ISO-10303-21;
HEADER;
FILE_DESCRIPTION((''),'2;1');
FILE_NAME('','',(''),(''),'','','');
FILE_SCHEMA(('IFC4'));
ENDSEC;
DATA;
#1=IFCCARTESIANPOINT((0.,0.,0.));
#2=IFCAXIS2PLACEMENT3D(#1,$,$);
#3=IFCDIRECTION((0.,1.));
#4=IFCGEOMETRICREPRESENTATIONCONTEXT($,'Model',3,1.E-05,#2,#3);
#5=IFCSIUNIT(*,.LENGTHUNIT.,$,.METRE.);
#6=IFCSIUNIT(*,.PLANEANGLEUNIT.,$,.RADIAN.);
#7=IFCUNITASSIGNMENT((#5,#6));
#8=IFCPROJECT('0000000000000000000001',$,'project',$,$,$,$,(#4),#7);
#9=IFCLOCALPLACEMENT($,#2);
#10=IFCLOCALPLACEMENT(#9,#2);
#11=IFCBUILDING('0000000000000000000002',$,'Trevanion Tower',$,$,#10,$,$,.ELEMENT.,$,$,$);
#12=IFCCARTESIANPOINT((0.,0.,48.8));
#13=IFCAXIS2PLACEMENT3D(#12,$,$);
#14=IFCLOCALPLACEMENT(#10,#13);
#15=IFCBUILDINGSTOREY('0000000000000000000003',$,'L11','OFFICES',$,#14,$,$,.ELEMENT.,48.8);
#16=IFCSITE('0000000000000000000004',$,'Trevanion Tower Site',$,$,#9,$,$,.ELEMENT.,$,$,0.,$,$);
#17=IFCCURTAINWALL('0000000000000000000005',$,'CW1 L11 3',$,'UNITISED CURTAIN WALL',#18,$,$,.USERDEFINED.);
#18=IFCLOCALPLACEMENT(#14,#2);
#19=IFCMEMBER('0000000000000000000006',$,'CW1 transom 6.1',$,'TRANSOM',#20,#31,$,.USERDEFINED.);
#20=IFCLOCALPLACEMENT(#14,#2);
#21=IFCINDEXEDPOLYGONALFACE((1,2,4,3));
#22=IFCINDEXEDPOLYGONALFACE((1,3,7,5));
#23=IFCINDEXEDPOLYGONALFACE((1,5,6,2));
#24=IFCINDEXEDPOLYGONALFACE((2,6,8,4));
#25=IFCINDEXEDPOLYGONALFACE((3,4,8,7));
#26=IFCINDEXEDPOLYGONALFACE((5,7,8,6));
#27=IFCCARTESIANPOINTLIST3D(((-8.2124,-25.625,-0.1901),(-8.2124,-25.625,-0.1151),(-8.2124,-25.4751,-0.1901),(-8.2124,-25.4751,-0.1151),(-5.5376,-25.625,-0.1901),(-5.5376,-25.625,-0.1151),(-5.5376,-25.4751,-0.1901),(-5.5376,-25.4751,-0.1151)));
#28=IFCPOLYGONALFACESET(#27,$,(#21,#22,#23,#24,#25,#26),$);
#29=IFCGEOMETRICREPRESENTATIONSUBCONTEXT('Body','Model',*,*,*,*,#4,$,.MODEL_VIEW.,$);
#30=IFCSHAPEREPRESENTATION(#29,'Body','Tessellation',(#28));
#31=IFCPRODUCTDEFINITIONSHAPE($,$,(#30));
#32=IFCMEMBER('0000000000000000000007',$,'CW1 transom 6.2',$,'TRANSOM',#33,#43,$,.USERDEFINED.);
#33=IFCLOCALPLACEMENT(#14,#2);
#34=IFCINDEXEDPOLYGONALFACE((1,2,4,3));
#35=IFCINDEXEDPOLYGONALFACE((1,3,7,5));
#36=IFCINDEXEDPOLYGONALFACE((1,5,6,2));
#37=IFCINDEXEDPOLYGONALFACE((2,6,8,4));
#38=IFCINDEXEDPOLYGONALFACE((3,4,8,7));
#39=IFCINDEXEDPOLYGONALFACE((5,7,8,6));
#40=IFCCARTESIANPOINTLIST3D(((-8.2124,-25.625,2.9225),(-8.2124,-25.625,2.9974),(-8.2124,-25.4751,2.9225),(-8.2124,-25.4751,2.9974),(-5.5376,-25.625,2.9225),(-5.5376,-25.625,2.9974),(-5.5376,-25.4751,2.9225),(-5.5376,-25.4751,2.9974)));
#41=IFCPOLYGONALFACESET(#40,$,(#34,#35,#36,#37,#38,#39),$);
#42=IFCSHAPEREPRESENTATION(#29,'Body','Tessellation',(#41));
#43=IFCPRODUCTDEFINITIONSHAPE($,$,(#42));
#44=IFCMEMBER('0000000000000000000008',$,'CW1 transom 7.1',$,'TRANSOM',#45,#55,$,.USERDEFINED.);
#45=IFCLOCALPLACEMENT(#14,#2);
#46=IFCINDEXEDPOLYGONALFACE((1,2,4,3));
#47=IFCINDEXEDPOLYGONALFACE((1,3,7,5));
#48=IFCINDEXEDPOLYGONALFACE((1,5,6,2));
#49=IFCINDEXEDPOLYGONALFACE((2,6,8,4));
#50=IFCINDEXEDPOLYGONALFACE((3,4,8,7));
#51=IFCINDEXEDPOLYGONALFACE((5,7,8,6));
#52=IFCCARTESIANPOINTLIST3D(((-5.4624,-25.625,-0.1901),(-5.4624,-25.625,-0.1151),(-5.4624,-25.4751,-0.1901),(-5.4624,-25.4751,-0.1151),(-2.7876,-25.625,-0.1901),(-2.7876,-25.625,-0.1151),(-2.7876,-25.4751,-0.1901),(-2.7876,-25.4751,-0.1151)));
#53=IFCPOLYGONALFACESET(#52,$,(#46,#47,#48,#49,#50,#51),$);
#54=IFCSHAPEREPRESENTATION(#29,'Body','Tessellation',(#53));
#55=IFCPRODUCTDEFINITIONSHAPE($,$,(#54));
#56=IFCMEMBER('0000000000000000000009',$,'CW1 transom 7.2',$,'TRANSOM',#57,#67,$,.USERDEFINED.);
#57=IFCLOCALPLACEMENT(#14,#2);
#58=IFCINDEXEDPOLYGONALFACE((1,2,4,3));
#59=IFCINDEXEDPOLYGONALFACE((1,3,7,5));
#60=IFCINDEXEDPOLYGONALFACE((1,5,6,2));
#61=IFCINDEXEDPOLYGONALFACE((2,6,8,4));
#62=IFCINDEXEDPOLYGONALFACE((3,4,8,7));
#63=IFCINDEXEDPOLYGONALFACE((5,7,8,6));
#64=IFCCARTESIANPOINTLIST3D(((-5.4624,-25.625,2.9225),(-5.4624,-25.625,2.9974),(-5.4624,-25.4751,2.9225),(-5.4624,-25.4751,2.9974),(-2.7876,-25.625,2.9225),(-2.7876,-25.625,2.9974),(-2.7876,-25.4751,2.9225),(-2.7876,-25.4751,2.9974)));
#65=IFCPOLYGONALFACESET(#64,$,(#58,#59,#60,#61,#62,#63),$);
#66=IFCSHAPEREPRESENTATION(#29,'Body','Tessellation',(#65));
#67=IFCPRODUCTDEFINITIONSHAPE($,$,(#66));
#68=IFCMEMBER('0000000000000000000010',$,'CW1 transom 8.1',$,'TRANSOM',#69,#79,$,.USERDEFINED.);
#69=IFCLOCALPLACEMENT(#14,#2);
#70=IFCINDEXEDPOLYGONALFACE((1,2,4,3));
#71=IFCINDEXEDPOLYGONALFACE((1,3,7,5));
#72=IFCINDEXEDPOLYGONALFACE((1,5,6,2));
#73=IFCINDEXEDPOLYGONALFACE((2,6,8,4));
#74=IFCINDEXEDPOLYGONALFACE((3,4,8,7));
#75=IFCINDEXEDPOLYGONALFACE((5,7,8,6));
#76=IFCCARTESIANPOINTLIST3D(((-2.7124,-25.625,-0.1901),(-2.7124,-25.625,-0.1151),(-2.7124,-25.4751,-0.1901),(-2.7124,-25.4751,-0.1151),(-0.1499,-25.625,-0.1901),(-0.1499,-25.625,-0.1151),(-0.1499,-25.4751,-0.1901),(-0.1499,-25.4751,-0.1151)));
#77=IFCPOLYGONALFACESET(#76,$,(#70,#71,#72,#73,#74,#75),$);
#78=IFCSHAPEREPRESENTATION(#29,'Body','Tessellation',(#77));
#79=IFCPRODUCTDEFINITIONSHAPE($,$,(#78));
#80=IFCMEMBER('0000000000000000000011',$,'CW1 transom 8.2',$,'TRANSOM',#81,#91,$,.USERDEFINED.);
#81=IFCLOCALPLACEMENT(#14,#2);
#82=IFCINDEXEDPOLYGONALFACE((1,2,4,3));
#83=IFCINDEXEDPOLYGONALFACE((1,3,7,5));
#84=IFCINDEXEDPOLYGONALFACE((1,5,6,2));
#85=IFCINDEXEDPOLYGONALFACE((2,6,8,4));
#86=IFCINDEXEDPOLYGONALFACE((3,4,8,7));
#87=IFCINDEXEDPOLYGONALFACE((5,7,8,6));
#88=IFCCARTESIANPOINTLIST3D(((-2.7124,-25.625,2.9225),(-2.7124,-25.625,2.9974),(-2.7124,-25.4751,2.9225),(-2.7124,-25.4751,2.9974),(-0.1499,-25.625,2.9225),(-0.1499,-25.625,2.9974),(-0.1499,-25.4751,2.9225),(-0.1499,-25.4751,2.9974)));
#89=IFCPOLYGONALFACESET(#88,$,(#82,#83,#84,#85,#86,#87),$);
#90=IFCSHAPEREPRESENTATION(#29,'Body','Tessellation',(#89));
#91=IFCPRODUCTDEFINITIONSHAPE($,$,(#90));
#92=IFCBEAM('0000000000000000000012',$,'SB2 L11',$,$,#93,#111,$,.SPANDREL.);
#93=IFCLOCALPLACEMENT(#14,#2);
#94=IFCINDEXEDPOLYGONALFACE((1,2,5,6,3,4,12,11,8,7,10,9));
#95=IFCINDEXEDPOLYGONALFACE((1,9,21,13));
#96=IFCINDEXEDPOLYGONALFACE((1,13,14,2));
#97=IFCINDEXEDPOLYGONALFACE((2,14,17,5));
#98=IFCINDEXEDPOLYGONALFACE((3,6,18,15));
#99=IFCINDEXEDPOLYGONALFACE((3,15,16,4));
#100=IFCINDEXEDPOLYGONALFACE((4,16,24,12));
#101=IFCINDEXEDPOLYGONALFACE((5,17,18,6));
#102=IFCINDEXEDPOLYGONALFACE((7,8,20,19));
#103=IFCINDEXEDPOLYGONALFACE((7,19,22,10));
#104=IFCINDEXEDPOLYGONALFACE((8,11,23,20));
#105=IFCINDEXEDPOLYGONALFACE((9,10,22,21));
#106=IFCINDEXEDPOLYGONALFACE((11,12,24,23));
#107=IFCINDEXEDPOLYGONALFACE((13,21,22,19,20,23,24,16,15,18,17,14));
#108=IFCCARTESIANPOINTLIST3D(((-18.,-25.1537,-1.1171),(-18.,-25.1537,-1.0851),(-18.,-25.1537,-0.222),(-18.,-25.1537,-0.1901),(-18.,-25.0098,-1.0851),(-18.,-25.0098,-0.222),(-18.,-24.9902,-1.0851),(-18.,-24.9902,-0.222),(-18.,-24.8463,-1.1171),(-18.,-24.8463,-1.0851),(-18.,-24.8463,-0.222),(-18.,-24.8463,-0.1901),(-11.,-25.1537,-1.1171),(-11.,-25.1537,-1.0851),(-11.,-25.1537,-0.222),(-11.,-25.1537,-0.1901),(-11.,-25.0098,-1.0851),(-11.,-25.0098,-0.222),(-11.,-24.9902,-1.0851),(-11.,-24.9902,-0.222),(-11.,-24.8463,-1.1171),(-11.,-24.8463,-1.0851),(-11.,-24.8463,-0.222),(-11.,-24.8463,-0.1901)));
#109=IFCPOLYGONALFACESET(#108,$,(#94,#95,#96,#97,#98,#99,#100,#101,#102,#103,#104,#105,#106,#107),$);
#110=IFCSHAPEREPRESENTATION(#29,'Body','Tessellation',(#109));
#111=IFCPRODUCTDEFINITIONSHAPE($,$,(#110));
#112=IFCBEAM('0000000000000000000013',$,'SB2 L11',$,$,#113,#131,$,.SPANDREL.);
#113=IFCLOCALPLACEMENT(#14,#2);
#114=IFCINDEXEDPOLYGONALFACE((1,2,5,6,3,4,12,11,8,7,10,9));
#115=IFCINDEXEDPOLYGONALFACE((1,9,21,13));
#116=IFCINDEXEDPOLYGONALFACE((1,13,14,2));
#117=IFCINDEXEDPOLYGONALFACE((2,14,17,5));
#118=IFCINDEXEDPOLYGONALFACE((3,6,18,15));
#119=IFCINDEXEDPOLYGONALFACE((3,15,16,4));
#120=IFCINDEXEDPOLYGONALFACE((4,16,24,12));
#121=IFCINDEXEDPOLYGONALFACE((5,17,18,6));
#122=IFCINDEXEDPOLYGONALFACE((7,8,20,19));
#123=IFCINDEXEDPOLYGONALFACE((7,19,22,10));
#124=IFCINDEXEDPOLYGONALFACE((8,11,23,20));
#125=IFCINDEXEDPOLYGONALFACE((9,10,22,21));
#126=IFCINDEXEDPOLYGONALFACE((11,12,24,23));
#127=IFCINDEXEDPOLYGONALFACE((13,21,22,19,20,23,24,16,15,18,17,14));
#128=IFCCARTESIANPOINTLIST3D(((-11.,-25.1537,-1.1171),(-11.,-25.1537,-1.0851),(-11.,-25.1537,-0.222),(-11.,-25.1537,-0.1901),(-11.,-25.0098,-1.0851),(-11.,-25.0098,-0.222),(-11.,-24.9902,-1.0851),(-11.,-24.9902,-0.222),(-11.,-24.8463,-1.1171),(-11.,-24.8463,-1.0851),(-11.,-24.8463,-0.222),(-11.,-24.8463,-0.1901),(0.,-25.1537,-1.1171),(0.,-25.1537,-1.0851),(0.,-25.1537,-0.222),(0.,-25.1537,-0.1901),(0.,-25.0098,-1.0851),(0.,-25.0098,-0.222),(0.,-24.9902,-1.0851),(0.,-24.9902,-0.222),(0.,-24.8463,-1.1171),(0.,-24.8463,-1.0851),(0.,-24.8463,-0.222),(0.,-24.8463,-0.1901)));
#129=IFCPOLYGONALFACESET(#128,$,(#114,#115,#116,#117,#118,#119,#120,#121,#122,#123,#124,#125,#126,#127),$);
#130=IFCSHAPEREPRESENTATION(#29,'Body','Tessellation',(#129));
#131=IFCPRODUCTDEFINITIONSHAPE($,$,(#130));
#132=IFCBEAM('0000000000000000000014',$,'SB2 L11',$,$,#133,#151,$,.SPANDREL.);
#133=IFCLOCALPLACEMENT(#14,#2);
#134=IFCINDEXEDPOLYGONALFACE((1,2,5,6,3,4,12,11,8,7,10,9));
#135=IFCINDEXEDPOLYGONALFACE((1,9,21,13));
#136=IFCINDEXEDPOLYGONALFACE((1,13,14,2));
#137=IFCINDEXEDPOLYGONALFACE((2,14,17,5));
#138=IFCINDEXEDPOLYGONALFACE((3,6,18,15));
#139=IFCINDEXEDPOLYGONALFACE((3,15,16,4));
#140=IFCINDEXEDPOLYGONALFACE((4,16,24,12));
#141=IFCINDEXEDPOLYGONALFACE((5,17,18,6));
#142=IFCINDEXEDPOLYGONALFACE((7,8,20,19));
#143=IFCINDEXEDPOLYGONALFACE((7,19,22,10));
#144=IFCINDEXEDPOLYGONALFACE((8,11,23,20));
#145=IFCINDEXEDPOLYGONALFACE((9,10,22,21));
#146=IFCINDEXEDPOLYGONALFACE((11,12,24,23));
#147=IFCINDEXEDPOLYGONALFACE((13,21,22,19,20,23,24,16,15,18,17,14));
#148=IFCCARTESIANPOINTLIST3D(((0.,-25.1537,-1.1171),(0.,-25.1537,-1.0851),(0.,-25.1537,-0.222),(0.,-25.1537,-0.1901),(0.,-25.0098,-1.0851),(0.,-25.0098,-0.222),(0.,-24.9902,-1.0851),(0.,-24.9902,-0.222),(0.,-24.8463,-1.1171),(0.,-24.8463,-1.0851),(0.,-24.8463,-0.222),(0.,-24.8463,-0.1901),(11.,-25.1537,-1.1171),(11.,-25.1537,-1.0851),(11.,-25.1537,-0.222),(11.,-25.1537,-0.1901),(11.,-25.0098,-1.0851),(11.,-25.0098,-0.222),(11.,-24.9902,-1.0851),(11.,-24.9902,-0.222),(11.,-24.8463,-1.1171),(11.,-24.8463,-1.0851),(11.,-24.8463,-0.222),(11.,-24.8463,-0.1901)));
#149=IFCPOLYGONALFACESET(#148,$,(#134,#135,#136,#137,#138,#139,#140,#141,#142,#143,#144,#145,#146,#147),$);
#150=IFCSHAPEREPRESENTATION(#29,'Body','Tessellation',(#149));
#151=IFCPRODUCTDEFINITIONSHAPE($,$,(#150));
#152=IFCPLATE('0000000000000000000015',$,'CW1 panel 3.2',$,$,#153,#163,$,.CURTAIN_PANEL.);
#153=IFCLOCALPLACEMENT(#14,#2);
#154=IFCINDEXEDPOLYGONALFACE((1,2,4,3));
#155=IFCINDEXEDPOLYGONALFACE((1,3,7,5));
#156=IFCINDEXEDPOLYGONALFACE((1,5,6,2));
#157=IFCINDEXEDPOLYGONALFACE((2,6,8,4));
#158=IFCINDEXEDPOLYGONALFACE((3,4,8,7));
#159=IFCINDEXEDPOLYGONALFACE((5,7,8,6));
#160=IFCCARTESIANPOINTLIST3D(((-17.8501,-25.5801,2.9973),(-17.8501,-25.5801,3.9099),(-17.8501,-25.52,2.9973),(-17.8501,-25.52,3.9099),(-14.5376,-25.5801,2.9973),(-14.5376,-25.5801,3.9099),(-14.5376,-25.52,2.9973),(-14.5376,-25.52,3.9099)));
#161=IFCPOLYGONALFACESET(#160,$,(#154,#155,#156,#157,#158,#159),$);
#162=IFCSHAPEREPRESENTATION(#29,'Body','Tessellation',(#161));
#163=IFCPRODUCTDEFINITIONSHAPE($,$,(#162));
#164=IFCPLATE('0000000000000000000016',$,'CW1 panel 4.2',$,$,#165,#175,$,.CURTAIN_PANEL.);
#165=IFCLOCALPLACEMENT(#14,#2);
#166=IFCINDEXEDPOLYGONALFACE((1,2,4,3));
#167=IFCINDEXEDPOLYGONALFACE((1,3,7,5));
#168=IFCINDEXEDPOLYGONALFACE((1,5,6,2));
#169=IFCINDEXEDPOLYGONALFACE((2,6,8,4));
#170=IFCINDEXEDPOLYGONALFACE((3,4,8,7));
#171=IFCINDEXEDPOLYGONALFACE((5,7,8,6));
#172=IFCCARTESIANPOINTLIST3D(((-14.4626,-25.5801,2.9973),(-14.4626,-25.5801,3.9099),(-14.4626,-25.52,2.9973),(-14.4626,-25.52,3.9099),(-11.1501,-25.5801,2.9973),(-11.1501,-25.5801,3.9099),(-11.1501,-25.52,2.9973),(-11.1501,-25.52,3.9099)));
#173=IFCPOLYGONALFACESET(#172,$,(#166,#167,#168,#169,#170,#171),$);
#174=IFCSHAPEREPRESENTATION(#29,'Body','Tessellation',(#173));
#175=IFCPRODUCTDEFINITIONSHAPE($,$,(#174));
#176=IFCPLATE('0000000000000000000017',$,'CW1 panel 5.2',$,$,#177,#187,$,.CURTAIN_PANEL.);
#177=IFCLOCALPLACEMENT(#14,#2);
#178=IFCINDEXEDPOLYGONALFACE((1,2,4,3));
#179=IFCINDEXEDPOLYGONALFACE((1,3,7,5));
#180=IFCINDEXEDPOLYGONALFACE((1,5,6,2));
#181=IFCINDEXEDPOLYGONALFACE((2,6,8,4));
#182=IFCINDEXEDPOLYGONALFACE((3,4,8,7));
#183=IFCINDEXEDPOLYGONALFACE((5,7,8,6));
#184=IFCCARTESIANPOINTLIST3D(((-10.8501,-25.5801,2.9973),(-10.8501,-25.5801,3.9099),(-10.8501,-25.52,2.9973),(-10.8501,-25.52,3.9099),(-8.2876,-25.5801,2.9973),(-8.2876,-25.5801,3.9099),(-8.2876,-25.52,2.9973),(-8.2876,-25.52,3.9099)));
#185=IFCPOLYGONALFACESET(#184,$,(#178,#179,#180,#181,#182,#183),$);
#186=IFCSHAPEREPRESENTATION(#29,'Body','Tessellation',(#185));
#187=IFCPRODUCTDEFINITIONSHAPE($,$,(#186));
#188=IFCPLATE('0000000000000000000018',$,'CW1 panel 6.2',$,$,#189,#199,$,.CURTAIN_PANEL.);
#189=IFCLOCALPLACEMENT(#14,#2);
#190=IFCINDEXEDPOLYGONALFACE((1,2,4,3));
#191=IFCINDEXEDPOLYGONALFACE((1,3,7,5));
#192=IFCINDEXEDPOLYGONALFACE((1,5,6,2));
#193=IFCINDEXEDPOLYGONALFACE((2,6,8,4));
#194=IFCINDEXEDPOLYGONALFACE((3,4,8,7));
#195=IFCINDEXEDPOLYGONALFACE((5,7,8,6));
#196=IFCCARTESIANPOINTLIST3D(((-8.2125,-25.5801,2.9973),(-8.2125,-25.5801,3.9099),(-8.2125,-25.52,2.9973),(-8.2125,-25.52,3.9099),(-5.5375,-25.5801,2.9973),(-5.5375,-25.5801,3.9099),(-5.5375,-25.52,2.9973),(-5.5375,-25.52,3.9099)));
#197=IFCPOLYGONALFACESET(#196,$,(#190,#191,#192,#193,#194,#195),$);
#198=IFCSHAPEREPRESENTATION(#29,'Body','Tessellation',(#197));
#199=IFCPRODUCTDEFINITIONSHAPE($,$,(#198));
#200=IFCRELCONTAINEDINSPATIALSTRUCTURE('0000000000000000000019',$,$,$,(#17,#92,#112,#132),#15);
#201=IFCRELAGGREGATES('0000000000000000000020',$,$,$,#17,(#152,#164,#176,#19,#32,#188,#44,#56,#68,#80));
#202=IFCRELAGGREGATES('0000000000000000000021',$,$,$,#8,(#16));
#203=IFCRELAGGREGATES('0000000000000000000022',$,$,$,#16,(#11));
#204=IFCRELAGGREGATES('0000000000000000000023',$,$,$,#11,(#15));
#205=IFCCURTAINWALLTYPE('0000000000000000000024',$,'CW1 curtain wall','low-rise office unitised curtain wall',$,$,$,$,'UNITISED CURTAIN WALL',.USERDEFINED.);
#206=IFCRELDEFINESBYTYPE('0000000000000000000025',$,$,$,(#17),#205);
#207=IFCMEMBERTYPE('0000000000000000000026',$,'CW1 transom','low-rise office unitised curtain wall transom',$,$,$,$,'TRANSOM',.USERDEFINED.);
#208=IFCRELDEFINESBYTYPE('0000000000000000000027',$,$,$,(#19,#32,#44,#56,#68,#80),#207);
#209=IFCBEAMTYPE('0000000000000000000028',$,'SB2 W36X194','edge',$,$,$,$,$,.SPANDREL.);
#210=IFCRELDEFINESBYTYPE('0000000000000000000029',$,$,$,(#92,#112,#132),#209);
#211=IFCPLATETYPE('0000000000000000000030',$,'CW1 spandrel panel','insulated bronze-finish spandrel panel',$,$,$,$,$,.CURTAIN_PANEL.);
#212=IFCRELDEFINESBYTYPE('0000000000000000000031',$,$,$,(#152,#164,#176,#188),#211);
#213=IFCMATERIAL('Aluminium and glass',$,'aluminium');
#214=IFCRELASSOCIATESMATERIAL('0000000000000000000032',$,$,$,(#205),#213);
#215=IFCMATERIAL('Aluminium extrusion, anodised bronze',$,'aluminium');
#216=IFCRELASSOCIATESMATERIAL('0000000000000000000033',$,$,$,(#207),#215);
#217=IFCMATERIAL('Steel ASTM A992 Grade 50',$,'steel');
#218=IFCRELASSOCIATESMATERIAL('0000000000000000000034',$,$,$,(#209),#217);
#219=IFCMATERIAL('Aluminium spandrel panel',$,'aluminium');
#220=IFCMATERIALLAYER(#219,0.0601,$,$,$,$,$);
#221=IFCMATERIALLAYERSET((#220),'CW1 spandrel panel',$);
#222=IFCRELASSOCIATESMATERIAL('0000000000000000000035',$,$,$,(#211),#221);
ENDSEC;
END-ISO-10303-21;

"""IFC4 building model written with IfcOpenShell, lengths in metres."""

from ifc_helpers import new_model, si_unit, direction, frame, origin, origin_2d, place, context, subcontext, project, spatial, rectangle, i_section, extrude, material, layer, layer_set, material_profile, profile_set, type_object, element, aggregate, save


model = new_model("IFC4")

# Units and contexts
model_context = context("Model", 3, precision=1e-05, world=origin(), true_north=direction((0.0, 1.0)))
body_context = subcontext(model_context, "Body", "Model", "MODEL_VIEW")
ifc_project = project(units=[si_unit("LENGTHUNIT", "METRE"), si_unit("PLANEANGLEUNIT", "RADIAN")], contexts=[model_context])

# Site, building, storey
site_placement = place(None, origin())
site = spatial("IfcSite", under=ifc_project, at=site_placement, Name="Trevanion Tower Site", CompositionType="ELEMENT", RefElevation=0.0)
building_placement = place(site_placement, origin())
building = spatial("IfcBuilding", under=site, at=building_placement, Name="Trevanion Tower", CompositionType="ELEMENT")
storey_placement = place(building_placement, frame((0.0, 0.0, 48.8)))
storey = spatial("IfcBuildingStorey", under=building, at=storey_placement, Name="L11", Description="OFFICES", CompositionType="ELEMENT", Elevation=48.8)

# Curtain wall, members
ifc_material_1 = material(Name="Aluminium and glass", Category="aluminium")
curtain_wall_type = type_object("IfcCurtainWallType", Name="CW1 curtain wall", Description="low-rise office unitised curtain wall", ElementType="UNITISED CURTAIN WALL", PredefinedType="USERDEFINED", material=ifc_material_1)
curtain_wall_placement = place(storey_placement, origin())
curtain_wall = element("IfcCurtainWall", 1, at=curtain_wall_placement, inside=storey, type_object=curtain_wall_type, Name="CW1 L11 3", ObjectType="UNITISED CURTAIN WALL", PredefinedType="USERDEFINED")
ifc_material_2 = material(Name="Aluminium extrusion, anodised bronze", Category="aluminium")
ifc_material_profile_1 = material_profile(ifc_material_2, rectangle(XDim=0.1499, YDim=0.075, at=origin_2d()), Name="CW1 transom")
ifc_profile_set_1 = profile_set([ifc_material_profile_1], Name="Aluminium extrusion, anodised bronze")
member_type_1 = type_object("IfcMemberType", Name="CW1 transom", Description="low-rise office unitised curtain wall transom", ElementType="TRANSOM", PredefinedType="USERDEFINED", material=ifc_profile_set_1)
member_1_placement = place(storey_placement, frame((-8.2124, -25.55, -0.1526), z_axis=(1.0, 0.0, 0.0), x_axis=(0.0, 1.0, 0.0)))
member_1 = element("IfcMember", 2, at=member_1_placement, type_object=member_type_1, Name="CW1 transom 6.1", ObjectType="TRANSOM", PredefinedType="USERDEFINED", context=body_context, shape_type="SweptSolid", body=[
    extrude(rectangle(XDim=0.1499, YDim=0.075, at=origin_2d()), origin(), (0.0, 0.0, 1.0), 2.6748),
])
member_2_placement = place(storey_placement, frame((-8.2124, -25.55, 2.96), z_axis=(1.0, 0.0, 0.0), x_axis=(0.0, 1.0, 0.0)))
member_2 = element("IfcMember", 3, at=member_2_placement, type_object=member_type_1, Name="CW1 transom 6.2", ObjectType="TRANSOM", PredefinedType="USERDEFINED", context=body_context, shape_type="SweptSolid", body=[
    extrude(rectangle(XDim=0.1499, YDim=0.075, at=origin_2d()), origin(), (0.0, 0.0, 1.0), 2.6748),
])
member_3_placement = place(storey_placement, frame((-5.4624, -25.55, -0.1526), z_axis=(1.0, 0.0, 0.0), x_axis=(0.0, 1.0, 0.0)))
member_3 = element("IfcMember", 4, at=member_3_placement, type_object=member_type_1, Name="CW1 transom 7.1", ObjectType="TRANSOM", PredefinedType="USERDEFINED", context=body_context, shape_type="SweptSolid", body=[
    extrude(rectangle(XDim=0.1499, YDim=0.075, at=origin_2d()), origin(), (0.0, 0.0, 1.0), 2.6748),
])
member_4_placement = place(storey_placement, frame((-5.4624, -25.55, 2.96), z_axis=(1.0, 0.0, 0.0), x_axis=(0.0, 1.0, 0.0)))
member_4 = element("IfcMember", 5, at=member_4_placement, type_object=member_type_1, Name="CW1 transom 7.2", ObjectType="TRANSOM", PredefinedType="USERDEFINED", context=body_context, shape_type="SweptSolid", body=[
    extrude(rectangle(XDim=0.1499, YDim=0.075, at=origin_2d()), origin(), (0.0, 0.0, 1.0), 2.6748),
])
member_5_placement = place(storey_placement, frame((-2.7124, -25.55, -0.1526), z_axis=(1.0, 0.0, 0.0), x_axis=(0.0, 1.0, 0.0)))
member_5 = element("IfcMember", 6, at=member_5_placement, type_object=member_type_1, Name="CW1 transom 8.1", ObjectType="TRANSOM", PredefinedType="USERDEFINED", context=body_context, shape_type="SweptSolid", body=[
    extrude(rectangle(XDim=0.1499, YDim=0.075, at=origin_2d()), origin(), (0.0, 0.0, 1.0), 2.5625),
])
member_6_placement = place(storey_placement, frame((-2.7124, -25.55, 2.96), z_axis=(1.0, 0.0, 0.0), x_axis=(0.0, 1.0, 0.0)))
member_6 = element("IfcMember", 7, at=member_6_placement, type_object=member_type_1, Name="CW1 transom 8.2", ObjectType="TRANSOM", PredefinedType="USERDEFINED", context=body_context, shape_type="SweptSolid", body=[
    extrude(rectangle(XDim=0.1499, YDim=0.075, at=origin_2d()), origin(), (0.0, 0.0, 1.0), 2.5625),
])

# Beams
ifc_material_3 = material(Name="Steel ASTM A992 Grade 50", Category="steel")
ifc_material_profile_2 = material_profile(ifc_material_3, i_section(OverallWidth=0.3074, OverallDepth=0.927, WebThickness=0.0195, FlangeThickness=0.032, at=origin_2d()), Name="W36X194")
ifc_profile_set_2 = profile_set([ifc_material_profile_2], Name="Steel ASTM A992 Grade 50")
beam_type = type_object("IfcBeamType", Name="SB2 W36X194", Description="edge", PredefinedType="SPANDREL", material=ifc_profile_set_2)
beam_placement = place(storey_placement, frame((-18.0, -25.0, -0.6536), z_axis=(1.0, 0.0, 0.0), x_axis=(0.0, 1.0, 0.0)))
element("IfcBeam", 8, at=beam_placement, inside=storey, type_object=beam_type, Name="SB2 L11", PredefinedType="SPANDREL", context=body_context, shape_type="SweptSolid", body=[
    extrude(i_section(OverallWidth=0.3074, OverallDepth=0.927, WebThickness=0.0195, FlangeThickness=0.032, at=origin_2d()), origin(), (0.0, 0.0, 1.0), 7.0),
])
for number, where, z_axis, x_axis, name in (
    (9, (-11.0, -25.0, -0.6536), (1.0, 0.0, 0.0), (0.0, 1.0, 0.0), "SB2 L11"),
    (10, (0.0, -25.0, -0.6536), (1.0, 0.0, 0.0), (0.0, 1.0, 0.0), "SB2 L11"),
):
    element("IfcBeam", number, at=place(storey_placement, frame(where, z_axis=z_axis, x_axis=x_axis)), inside=storey, type_object=beam_type, Name=name, PredefinedType="SPANDREL", context=body_context, shape_type="SweptSolid", body=[
        extrude(i_section(OverallWidth=0.3074, OverallDepth=0.927, WebThickness=0.0195, FlangeThickness=0.032, at=origin_2d()), origin(), (0.0, 0.0, 1.0), 11.0),
    ])

# Plates
ifc_material_4 = material(Name="Aluminium spandrel panel", Category="aluminium")
ifc_layer_1 = layer(ifc_material_4, 0.0601)
ifc_layer_set_1 = layer_set([ifc_layer_1], Name="CW1 spandrel panel")
plate_type_1 = type_object("IfcPlateType", Name="CW1 spandrel panel", Description="insulated bronze-finish spandrel panel", PredefinedType="CURTAIN_PANEL", material=ifc_layer_set_1)
plate_1_placement = place(storey_placement, frame((-16.1938, -25.55, 2.9973), z_axis=(0.0, 0.0, 1.0), x_axis=(1.0, 0.0, 0.0)))
plate_1 = element("IfcPlate", 11, at=plate_1_placement, type_object=plate_type_1, Name="CW1 panel 3.2", PredefinedType="CURTAIN_PANEL", context=body_context, shape_type="SweptSolid", body=[
    extrude(rectangle(XDim=3.3125, YDim=0.0601, at=origin_2d()), origin(), (0.0, 0.0, 1.0), 0.9126),
])
plate_2_placement = place(storey_placement, frame((-12.8064, -25.55, 2.9973), z_axis=(0.0, 0.0, 1.0), x_axis=(1.0, 0.0, 0.0)))
plate_2 = element("IfcPlate", 12, at=plate_2_placement, type_object=plate_type_1, Name="CW1 panel 4.2", PredefinedType="CURTAIN_PANEL", context=body_context, shape_type="SweptSolid", body=[
    extrude(rectangle(XDim=3.3125, YDim=0.0601, at=origin_2d()), origin(), (0.0, 0.0, 1.0), 0.9126),
])
plate_3_placement = place(storey_placement, frame((-9.5688, -25.55, 2.9973), z_axis=(0.0, 0.0, 1.0), x_axis=(1.0, 0.0, 0.0)))
plate_3 = element("IfcPlate", 13, at=plate_3_placement, type_object=plate_type_1, Name="CW1 panel 5.2", PredefinedType="CURTAIN_PANEL", context=body_context, shape_type="SweptSolid", body=[
    extrude(rectangle(XDim=2.5625, YDim=0.0601, at=origin_2d()), origin(), (0.0, 0.0, 1.0), 0.9126),
])
plate_4_placement = place(storey_placement, frame((-6.875, -25.55, 2.9973), z_axis=(0.0, 0.0, 1.0), x_axis=(1.0, 0.0, 0.0)))
plate_4 = element("IfcPlate", 14, at=plate_4_placement, type_object=plate_type_1, Name="CW1 panel 6.2", PredefinedType="CURTAIN_PANEL", context=body_context, shape_type="SweptSolid", body=[
    extrude(rectangle(XDim=2.675, YDim=0.0601, at=origin_2d()), origin(), (0.0, 0.0, 1.0), 0.9126),
])
aggregate(curtain_wall, [plate_1, plate_2, plate_3, member_1, member_2, plate_4, member_3, member_4, member_5, member_6])

save(model, "model.ifc")
